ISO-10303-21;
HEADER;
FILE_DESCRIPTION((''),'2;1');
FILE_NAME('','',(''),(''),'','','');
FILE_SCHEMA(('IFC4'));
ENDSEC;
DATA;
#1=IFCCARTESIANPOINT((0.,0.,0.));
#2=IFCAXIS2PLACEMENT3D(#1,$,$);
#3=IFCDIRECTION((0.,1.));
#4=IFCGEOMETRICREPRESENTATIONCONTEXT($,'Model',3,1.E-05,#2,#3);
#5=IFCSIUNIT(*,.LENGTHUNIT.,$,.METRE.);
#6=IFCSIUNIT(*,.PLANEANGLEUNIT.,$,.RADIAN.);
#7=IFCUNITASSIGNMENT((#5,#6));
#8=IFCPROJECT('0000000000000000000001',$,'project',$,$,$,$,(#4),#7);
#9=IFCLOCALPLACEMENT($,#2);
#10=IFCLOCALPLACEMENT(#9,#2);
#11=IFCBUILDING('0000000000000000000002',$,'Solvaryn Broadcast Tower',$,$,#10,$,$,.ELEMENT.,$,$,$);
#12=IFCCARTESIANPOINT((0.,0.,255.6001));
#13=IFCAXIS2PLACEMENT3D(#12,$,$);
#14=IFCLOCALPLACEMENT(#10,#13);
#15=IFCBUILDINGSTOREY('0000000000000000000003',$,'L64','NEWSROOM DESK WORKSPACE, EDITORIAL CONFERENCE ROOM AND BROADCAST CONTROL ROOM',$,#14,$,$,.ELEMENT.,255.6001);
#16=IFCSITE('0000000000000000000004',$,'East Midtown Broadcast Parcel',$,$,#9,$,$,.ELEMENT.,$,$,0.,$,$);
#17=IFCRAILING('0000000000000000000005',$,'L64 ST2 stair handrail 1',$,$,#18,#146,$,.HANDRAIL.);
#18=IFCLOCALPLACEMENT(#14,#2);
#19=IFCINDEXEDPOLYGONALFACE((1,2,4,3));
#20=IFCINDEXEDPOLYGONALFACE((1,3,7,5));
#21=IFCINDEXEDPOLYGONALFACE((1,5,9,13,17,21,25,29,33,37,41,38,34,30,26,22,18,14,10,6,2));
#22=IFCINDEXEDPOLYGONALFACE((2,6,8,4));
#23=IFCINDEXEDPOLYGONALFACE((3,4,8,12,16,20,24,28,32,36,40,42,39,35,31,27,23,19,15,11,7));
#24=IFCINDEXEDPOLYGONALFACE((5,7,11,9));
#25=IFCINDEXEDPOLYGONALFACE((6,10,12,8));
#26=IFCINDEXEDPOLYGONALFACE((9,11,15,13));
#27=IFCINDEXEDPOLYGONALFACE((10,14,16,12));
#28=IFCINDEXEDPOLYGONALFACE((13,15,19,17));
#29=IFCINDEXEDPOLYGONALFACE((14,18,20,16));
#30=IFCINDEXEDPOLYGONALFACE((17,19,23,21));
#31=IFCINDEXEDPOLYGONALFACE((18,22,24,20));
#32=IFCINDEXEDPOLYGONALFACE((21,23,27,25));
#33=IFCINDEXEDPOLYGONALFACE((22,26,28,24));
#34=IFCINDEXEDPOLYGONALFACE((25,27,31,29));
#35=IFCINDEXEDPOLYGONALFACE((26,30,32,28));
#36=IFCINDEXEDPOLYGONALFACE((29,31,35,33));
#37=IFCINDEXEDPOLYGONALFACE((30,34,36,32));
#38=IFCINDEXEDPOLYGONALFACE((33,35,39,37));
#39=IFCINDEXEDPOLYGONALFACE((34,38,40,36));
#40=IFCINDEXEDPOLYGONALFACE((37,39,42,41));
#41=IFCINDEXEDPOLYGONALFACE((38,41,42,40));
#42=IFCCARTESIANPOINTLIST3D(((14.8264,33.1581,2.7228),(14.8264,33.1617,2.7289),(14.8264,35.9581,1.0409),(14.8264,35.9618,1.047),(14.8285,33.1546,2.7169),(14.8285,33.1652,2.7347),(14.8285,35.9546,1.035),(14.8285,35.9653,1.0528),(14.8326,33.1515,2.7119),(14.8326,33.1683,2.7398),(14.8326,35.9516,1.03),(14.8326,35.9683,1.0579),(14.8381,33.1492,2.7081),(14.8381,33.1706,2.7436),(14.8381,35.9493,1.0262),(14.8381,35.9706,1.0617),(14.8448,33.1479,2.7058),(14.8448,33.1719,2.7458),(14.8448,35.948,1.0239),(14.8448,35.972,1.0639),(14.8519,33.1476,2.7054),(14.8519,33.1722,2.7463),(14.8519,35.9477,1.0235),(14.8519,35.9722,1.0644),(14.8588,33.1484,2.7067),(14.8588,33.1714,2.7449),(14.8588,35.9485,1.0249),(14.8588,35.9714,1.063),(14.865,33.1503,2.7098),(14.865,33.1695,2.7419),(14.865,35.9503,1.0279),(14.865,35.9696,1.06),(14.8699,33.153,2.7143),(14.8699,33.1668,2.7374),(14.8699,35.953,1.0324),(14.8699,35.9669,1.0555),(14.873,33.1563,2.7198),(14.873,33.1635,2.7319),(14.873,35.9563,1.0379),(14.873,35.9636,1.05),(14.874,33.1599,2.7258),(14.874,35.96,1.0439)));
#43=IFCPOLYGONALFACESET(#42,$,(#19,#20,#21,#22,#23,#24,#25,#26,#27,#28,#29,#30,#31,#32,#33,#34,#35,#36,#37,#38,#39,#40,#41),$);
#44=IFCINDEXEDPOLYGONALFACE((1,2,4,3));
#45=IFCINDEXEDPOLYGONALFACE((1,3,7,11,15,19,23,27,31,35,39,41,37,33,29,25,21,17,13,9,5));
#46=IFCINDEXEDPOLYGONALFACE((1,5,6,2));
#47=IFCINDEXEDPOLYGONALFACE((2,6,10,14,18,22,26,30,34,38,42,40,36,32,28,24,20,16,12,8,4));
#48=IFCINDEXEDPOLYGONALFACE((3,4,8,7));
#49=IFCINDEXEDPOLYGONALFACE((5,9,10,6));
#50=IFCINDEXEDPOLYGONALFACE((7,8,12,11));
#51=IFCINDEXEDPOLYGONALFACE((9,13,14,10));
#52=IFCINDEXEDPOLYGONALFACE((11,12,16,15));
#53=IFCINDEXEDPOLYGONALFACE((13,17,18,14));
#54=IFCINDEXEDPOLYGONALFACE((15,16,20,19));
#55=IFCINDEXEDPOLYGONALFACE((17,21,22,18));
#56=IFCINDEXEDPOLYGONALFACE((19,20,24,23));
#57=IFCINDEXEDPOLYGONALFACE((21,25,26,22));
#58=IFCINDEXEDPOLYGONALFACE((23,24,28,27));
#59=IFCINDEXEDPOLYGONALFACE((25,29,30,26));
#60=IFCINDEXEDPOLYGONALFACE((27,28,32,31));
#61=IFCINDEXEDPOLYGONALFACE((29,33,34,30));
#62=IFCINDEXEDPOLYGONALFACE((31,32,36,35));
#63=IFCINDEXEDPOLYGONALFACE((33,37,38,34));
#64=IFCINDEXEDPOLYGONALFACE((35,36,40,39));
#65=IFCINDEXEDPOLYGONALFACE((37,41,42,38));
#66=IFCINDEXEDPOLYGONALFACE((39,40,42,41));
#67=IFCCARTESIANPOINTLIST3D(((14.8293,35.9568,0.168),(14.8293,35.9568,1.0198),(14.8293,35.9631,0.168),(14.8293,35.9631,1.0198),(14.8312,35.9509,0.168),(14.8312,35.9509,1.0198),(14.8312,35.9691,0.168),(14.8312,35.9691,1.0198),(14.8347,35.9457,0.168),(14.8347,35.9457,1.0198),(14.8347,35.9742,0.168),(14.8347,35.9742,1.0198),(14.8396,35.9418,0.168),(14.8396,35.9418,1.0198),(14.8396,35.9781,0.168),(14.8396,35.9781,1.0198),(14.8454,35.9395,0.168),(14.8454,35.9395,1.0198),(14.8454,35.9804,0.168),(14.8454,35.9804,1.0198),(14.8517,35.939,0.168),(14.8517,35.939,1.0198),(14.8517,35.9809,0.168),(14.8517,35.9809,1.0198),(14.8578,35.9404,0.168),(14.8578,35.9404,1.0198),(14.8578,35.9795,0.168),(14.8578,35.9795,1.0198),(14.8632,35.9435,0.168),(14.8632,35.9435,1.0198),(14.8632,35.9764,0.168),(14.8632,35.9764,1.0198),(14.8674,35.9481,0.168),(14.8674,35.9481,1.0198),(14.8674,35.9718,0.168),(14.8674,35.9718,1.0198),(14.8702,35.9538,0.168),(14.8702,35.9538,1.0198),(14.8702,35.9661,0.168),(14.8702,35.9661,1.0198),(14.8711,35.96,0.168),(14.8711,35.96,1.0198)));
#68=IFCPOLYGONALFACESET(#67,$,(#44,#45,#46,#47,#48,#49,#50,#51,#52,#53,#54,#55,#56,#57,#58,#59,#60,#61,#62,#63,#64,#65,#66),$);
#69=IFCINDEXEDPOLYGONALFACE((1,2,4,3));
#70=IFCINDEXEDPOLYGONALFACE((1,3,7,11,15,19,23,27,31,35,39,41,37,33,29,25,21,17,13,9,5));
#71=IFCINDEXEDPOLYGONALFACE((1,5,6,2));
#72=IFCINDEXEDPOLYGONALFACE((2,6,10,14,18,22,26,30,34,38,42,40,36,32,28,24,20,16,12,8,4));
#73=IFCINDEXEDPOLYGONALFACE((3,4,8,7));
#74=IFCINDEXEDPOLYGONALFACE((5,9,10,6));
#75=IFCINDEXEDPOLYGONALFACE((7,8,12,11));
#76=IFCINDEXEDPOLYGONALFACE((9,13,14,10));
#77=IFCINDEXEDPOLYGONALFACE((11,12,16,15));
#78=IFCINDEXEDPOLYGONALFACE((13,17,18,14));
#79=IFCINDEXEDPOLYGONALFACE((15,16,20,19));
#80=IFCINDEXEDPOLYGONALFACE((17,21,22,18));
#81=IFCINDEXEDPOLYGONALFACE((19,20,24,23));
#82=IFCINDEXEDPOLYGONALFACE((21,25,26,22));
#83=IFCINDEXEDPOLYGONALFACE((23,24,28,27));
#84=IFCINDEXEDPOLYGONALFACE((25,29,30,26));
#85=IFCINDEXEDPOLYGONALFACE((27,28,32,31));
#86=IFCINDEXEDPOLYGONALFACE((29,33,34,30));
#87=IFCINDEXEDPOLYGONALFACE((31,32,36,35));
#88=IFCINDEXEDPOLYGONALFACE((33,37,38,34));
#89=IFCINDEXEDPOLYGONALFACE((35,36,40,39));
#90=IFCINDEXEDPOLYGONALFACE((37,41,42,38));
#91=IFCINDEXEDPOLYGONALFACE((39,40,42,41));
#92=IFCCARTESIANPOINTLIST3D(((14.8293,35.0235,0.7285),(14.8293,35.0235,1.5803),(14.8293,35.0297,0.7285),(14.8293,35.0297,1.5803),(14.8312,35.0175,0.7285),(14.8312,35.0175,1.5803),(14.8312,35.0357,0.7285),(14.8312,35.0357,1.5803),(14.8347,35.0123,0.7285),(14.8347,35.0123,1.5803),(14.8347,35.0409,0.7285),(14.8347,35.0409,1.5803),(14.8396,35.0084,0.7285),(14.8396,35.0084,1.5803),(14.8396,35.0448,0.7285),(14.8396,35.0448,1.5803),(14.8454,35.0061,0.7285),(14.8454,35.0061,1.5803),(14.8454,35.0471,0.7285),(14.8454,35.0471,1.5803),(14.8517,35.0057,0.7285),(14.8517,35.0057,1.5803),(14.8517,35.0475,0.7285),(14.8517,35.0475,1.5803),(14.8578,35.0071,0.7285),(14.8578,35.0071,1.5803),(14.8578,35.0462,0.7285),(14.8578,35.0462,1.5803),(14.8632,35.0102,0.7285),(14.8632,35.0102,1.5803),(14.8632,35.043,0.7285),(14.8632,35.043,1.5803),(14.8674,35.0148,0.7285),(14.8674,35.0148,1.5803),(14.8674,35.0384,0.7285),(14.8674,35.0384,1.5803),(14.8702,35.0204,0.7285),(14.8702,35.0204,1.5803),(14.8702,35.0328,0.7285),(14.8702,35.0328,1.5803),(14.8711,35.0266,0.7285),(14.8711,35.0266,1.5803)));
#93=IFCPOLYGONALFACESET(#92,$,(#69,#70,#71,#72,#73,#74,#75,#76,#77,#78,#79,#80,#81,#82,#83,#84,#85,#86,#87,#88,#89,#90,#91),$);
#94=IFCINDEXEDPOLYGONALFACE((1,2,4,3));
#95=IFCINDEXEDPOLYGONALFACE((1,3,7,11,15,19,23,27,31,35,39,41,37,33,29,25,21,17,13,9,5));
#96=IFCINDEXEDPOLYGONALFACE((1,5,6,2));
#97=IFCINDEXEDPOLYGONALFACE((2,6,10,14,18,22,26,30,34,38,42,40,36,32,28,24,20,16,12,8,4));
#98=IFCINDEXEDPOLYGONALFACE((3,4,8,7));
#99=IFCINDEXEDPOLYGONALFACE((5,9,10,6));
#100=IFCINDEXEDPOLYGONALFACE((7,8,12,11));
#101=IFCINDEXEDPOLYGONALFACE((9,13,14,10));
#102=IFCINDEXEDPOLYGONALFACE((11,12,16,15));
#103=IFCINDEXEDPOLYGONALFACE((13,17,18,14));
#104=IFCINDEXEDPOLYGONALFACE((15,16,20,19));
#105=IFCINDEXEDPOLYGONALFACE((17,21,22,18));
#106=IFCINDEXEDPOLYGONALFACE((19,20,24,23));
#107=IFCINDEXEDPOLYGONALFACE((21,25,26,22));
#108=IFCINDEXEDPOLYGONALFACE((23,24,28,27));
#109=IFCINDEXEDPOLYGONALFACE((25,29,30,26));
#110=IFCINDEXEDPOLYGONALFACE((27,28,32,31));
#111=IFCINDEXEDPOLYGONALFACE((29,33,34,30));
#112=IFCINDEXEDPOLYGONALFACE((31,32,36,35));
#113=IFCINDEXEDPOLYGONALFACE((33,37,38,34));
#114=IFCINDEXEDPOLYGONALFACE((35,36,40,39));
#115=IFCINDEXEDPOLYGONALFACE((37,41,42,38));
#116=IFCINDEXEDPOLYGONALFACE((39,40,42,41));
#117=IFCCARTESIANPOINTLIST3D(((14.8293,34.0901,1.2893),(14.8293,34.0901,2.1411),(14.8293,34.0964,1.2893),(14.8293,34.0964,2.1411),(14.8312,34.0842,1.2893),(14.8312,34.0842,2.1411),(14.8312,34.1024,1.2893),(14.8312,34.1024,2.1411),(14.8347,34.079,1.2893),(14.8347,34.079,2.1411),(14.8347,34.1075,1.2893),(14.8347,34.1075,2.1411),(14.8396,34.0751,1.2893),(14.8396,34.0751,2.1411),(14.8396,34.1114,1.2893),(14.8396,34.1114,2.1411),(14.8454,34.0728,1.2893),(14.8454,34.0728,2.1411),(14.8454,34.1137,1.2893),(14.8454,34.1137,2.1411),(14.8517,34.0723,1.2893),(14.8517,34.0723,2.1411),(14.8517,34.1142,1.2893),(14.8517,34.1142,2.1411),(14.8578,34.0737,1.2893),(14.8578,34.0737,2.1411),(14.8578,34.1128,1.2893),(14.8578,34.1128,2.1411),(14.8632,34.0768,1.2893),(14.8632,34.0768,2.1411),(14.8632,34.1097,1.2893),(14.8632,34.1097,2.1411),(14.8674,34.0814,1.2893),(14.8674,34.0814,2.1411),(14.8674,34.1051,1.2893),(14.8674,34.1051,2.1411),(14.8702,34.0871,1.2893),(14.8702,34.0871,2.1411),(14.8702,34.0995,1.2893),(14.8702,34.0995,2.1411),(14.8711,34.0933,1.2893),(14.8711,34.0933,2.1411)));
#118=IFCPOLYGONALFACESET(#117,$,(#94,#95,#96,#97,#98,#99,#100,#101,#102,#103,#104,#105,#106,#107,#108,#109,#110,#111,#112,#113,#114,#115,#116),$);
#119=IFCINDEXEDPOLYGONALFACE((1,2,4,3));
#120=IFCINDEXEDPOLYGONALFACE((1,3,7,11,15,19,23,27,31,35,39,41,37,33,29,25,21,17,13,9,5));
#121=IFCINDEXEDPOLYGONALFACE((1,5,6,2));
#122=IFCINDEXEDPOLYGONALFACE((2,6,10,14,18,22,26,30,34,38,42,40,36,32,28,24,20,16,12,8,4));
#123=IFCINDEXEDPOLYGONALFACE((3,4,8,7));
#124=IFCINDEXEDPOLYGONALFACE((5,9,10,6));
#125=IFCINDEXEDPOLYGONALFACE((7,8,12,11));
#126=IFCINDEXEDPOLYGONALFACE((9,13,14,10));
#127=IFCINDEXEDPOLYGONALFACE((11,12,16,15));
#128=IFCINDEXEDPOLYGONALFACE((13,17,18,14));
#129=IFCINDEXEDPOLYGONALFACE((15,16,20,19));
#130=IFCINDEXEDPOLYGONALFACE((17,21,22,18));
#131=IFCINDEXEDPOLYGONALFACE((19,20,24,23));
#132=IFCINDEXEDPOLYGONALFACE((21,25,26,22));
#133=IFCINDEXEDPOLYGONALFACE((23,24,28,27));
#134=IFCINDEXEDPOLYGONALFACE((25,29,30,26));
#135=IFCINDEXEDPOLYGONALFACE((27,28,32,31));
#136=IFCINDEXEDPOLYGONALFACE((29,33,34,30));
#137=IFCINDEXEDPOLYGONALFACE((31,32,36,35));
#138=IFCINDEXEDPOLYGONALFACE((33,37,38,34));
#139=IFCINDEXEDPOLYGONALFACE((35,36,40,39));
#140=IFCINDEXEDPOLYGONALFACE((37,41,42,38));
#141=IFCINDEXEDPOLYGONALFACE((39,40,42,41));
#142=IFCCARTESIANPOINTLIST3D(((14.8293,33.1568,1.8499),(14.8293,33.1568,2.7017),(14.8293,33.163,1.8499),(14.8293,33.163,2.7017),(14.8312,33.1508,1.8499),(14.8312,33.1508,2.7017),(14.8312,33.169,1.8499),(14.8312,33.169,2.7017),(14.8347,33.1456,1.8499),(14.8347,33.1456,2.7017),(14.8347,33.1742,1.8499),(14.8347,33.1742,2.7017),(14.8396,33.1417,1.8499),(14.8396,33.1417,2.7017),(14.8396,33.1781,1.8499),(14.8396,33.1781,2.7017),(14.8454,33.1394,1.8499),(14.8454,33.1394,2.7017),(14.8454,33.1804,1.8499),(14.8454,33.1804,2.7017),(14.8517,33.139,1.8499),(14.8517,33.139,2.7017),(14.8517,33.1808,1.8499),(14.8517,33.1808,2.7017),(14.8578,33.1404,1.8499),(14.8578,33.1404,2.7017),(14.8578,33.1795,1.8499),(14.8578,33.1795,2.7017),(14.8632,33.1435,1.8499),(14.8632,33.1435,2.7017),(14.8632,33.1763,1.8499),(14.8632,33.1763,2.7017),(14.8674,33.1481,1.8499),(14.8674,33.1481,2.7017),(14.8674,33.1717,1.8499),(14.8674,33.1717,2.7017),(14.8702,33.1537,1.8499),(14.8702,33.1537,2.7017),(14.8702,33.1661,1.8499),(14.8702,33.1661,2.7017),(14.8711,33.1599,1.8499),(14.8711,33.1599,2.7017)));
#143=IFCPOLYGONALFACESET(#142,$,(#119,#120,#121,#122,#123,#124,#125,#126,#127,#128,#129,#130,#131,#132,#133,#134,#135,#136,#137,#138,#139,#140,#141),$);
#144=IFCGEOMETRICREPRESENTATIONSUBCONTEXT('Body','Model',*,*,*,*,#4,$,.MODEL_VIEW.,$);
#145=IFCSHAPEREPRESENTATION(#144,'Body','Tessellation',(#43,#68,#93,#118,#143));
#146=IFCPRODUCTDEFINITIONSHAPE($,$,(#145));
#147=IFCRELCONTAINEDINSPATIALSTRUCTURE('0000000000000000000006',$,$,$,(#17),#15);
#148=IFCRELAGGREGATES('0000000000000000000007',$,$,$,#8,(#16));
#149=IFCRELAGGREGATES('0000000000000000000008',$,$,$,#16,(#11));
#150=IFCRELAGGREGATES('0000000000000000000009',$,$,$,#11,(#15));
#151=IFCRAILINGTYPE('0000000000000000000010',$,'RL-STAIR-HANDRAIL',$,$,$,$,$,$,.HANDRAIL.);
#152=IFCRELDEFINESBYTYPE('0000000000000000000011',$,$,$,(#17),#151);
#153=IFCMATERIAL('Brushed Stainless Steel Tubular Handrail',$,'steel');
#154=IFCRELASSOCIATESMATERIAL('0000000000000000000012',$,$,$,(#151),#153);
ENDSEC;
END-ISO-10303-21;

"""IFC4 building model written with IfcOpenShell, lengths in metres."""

from ifc_helpers import new_model, si_unit, direction, frame, origin, origin_2d, place, context, subcontext, project, spatial, circle, extrude, material, type_object, element, save


model = new_model("IFC4")

# Units and contexts
model_context = context("Model", 3, precision=1e-05, world=origin(), true_north=direction((0.0, 1.0)))
body_context = subcontext(model_context, "Body", "Model", "MODEL_VIEW")
ifc_project = project(units=[si_unit("LENGTHUNIT", "METRE"), si_unit("PLANEANGLEUNIT", "RADIAN")], contexts=[model_context])

# Site, building, storey
site_placement = place(None, origin())
site = spatial("IfcSite", under=ifc_project, at=site_placement, Name="East Midtown Broadcast Parcel", CompositionType="ELEMENT", RefElevation=0.0)
building_placement = place(site_placement, origin())
building = spatial("IfcBuilding", under=site, at=building_placement, Name="Solvaryn Broadcast Tower", CompositionType="ELEMENT")
storey_placement = place(building_placement, frame((0.0, 0.0, 255.6001)))
storey = spatial("IfcBuildingStorey", under=building, at=storey_placement, Name="L64", Description="NEWSROOM DESK WORKSPACE, EDITORIAL CONFERENCE ROOM AND BROADCAST CONTROL ROOM", CompositionType="ELEMENT", Elevation=255.6001)

# Railing
ifc_material_1 = material(Name="Brushed Stainless Steel Tubular Handrail", Category="steel")
railing_type_1 = type_object("IfcRailingType", Name="RL-STAIR-HANDRAIL", PredefinedType="HANDRAIL", material=ifc_material_1)
railing_1_placement = place(storey_placement, frame((14.8501, 35.96, 0.168)))
element("IfcRailing", 1, at=railing_1_placement, inside=storey, type_object=railing_type_1, Name="L64 ST2 stair handrail 1", PredefinedType="HANDRAIL", context=body_context, shape_type="SweptSolid", body=[
    extrude(circle(Radius=0.0239, at=origin_2d()), frame((0.0, 0.0, 0.876), z_axis=(0.0, -0.857242, 0.514913), x_axis=(1.0, 0.0, 0.0)), (0.0, 0.0, 1.0), 3.2664),
    extrude(circle(Radius=0.021, at=origin_2d()), origin(), (0.0, 0.0, 1.0), 0.8518),
    extrude(circle(Radius=0.021, at=origin_2d()), frame((0.0, -0.9333, 0.5605)), (0.0, 0.0, 1.0), 0.8518),
    extrude(circle(Radius=0.021, at=origin_2d()), frame((0.0, -1.8667, 1.1213)), (0.0, 0.0, 1.0), 0.8518),
    extrude(circle(Radius=0.021, at=origin_2d()), frame((0.0, -2.8, 1.6819)), (0.0, 0.0, 1.0), 0.8518),
])

save(model, "model.ifc")
